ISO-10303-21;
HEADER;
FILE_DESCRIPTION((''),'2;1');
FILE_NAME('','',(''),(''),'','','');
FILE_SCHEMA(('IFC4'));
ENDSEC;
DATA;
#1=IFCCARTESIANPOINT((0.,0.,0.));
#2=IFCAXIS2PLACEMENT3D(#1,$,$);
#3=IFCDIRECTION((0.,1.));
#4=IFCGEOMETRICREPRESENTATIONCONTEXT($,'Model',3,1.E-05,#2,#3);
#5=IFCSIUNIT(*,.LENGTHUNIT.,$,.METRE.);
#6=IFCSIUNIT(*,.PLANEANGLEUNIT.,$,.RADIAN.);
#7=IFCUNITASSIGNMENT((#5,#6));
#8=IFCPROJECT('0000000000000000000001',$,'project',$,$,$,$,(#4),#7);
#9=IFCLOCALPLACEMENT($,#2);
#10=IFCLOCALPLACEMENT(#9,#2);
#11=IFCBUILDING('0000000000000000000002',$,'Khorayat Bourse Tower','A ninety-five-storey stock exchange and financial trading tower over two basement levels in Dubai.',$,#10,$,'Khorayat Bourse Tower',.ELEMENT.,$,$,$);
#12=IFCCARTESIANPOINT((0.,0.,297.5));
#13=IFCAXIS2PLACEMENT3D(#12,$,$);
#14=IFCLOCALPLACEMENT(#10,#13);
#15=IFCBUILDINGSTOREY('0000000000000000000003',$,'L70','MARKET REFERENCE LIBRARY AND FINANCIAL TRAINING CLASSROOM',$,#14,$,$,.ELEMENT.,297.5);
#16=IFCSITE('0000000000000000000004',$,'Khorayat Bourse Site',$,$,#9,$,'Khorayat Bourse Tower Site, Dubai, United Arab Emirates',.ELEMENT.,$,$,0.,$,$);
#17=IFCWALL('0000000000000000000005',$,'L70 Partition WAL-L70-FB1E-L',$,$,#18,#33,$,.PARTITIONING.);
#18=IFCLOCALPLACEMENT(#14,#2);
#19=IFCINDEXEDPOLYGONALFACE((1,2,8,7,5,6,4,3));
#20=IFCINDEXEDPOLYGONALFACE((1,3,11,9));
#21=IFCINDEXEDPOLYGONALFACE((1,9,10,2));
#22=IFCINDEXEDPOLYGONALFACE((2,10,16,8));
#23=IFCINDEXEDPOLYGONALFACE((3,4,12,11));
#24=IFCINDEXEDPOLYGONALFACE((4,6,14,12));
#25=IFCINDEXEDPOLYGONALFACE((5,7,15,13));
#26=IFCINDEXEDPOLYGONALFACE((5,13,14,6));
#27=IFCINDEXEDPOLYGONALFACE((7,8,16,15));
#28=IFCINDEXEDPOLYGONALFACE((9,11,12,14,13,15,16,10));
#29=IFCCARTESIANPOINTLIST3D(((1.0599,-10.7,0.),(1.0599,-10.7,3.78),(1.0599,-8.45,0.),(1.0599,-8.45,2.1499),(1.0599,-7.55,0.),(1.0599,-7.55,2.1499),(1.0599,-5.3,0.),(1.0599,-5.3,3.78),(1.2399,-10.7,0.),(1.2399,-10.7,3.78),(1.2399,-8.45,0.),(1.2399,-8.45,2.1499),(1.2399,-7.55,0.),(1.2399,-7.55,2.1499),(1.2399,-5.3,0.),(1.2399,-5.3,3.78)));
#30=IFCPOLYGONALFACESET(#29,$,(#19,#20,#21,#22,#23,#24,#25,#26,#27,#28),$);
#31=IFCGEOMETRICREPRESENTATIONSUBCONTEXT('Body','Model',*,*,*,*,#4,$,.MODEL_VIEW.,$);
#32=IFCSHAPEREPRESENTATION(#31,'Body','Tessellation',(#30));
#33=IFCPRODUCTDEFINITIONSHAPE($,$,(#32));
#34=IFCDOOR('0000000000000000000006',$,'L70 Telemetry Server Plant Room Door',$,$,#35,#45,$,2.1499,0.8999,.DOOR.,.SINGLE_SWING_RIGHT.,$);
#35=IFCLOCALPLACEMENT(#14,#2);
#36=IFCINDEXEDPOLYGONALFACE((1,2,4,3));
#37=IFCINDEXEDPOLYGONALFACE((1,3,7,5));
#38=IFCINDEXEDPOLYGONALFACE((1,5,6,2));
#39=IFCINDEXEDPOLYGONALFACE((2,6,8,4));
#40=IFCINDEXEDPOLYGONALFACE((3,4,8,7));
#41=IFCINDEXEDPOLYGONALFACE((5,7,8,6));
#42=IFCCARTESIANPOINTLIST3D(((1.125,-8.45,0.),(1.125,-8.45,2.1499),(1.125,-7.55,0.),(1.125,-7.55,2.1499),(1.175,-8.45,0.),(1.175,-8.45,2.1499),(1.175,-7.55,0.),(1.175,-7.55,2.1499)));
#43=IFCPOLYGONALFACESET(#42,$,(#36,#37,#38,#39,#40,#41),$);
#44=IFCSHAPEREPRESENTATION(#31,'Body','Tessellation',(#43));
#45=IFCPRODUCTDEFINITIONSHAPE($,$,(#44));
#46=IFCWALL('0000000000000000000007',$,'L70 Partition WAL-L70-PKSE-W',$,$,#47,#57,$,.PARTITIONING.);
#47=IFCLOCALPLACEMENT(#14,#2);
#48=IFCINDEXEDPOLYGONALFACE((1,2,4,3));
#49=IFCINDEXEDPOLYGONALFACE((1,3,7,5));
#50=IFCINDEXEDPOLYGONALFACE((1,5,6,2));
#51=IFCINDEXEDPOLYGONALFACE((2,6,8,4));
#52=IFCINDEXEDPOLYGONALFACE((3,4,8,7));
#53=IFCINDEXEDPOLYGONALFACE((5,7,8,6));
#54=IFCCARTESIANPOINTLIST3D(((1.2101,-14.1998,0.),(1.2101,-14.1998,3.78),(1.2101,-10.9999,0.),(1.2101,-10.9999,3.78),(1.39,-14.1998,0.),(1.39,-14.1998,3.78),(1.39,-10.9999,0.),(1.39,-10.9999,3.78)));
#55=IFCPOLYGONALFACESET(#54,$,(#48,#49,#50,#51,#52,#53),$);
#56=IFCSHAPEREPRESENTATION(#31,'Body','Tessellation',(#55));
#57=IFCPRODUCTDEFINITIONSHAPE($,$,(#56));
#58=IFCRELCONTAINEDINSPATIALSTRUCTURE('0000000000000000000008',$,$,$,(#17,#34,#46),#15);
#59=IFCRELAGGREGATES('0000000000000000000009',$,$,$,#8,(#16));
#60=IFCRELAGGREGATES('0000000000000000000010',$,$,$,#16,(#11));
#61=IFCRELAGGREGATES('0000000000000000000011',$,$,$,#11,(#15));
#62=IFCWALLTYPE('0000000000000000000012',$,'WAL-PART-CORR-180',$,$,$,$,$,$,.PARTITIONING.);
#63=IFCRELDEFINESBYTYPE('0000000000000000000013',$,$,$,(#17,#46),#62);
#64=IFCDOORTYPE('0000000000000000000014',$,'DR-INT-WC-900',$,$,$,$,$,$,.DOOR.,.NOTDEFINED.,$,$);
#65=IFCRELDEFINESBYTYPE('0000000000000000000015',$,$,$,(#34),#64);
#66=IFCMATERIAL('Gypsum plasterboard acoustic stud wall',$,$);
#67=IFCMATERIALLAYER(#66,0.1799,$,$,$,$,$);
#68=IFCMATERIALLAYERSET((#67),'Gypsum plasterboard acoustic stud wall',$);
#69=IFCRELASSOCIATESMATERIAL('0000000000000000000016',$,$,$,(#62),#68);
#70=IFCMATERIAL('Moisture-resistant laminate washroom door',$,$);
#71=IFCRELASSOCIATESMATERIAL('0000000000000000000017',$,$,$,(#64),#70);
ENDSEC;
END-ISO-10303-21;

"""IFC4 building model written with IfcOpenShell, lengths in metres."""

from ifc_helpers import new_model, si_unit, direction, frame, frame_2d, origin, place, context, subcontext, project, spatial, rectangle, extrude, source, transform, mapped, material, layer, layer_set, type_object, element, fill, save


model = new_model("IFC4")

# Units and contexts
model_context = context("Model", 3, precision=1e-05, world=origin(), true_north=direction((0.0, 1.0)))
body_context = subcontext(model_context, "Body", "Model", "MODEL_VIEW")
ifc_project = project(units=[si_unit("LENGTHUNIT", "METRE"), si_unit("PLANEANGLEUNIT", "RADIAN")], contexts=[model_context])

# Site, building, storey
site_placement = place(None, origin())
site = spatial("IfcSite", under=ifc_project, at=site_placement, Name="Khorayat Bourse Site", LongName="Khorayat Bourse Tower Site, Dubai, United Arab Emirates", CompositionType="ELEMENT", RefElevation=0.0)
building_placement = place(site_placement, origin())
building = spatial("IfcBuilding", under=site, at=building_placement, Name="Khorayat Bourse Tower", Description="A ninety-five-storey stock exchange and financial trading tower over two basement levels in Dubai.", LongName="Khorayat Bourse Tower", CompositionType="ELEMENT")
storey_placement = place(building_placement, frame((0.0, 0.0, 297.5)))
storey = spatial("IfcBuildingStorey", under=building, at=storey_placement, Name="L70", Description="MARKET REFERENCE LIBRARY AND FINANCIAL TRAINING CLASSROOM", CompositionType="ELEMENT", Elevation=297.5)

# Shared definitions
ifc_material_1 = material(Name="Gypsum plasterboard acoustic stud wall")
ifc_layer_1 = layer(ifc_material_1, 0.1799)
ifc_layer_set_1 = layer_set([ifc_layer_1], Name="Gypsum plasterboard acoustic stud wall")
wall_type_1 = type_object("IfcWallType", Name="WAL-PART-CORR-180", PredefinedType="PARTITIONING", material=ifc_layer_set_1)
shared_shape_1 = source(origin(), body_context, "Body", "SweptSolid", [
    extrude(rectangle(XDim=5.3999, YDim=0.1799, at=frame_2d((2.7, 0.0))), origin(), (0.0, 0.0, 1.0), 3.78),
])
shared_shape_2 = source(origin(), body_context, "Body", "SweptSolid", [
    extrude(rectangle(XDim=0.8999, YDim=2.1499, at=frame_2d((0.45, 1.075))), frame((0.0, 0.0999, 0.0), z_axis=(0.0, -1.0, 0.0), x_axis=(1.0, 0.0, 0.0)), (0.0, 0.0, 1.0), 0.2),
])
ifc_material_2 = material(Name="Moisture-resistant laminate washroom door")
door_type = type_object("IfcDoorType", Name="DR-INT-WC-900", OperationType="NOTDEFINED", PredefinedType="DOOR", material=ifc_material_2)
shared_shape_3 = source(origin(), body_context, "Body", "SweptSolid", [
    extrude(rectangle(XDim=0.8999, YDim=2.1499, at=frame_2d((0.45, 1.075))), frame((0.0, 0.0249, 0.0), z_axis=(0.0, -1.0, 0.0), x_axis=(1.0, 0.0, 0.0)), (0.0, 0.0, 1.0), 0.05),
])

# Wall, opening, door
wall_1_placement = place(storey_placement, frame((1.1499, -10.7, 0.0), z_axis=(0.0, 0.0, 1.0), x_axis=(0.0, 1.0, 0.0)))
wall_1 = element("IfcWall", 1, at=wall_1_placement, inside=storey, type_object=wall_type_1, Name="L70 Partition WAL-L70-FB1E-L", PredefinedType="PARTITIONING", context=body_context, shape_type="MappedRepresentation", body=[
    mapped(shared_shape_1, transform((0.0, 0.0, 0.0), scale=1.0)),
])
opening_1_placement = place(wall_1_placement, frame((2.25, 0.0, 0.0)))
opening_1 = element("IfcOpeningElement", 2, at=opening_1_placement, cuts=wall_1, PredefinedType="OPENING", context=body_context, shape_type="MappedRepresentation", body=[
    mapped(shared_shape_2, transform((0.0, 0.0, 0.0), scale=1.0)),
])
door_1_placement = place(opening_1_placement, origin())
door_1 = element("IfcDoor", 3, at=door_1_placement, inside=storey, type_object=door_type, Name="L70 Telemetry Server Plant Room Door", OperationType="SINGLE_SWING_RIGHT", OverallHeight=2.1499, OverallWidth=0.8999, PredefinedType="DOOR", context=body_context, shape_type="MappedRepresentation", body=[
    mapped(shared_shape_3, transform((0.0, 0.0, 0.0), scale=1.0)),
])
fill(opening_1, door_1)

# Wall
shared_shape_4 = source(origin(), body_context, "Body", "SweptSolid", [
    extrude(rectangle(XDim=3.2, YDim=0.1799, at=frame_2d((1.6001, 0.0))), origin(), (0.0, 0.0, 1.0), 3.78),
])
wall_2_placement = place(storey_placement, frame((1.3, -14.2, 0.0), z_axis=(0.0, 0.0, 1.0), x_axis=(0.0, 1.0, 0.0)))
element("IfcWall", 4, at=wall_2_placement, inside=storey, type_object=wall_type_1, Name="L70 Partition WAL-L70-PKSE-W", PredefinedType="PARTITIONING", context=body_context, shape_type="MappedRepresentation", body=[
    mapped(shared_shape_4, transform((0.0, 0.0, 0.0), scale=1.0)),
])

save(model, "model.ifc")
